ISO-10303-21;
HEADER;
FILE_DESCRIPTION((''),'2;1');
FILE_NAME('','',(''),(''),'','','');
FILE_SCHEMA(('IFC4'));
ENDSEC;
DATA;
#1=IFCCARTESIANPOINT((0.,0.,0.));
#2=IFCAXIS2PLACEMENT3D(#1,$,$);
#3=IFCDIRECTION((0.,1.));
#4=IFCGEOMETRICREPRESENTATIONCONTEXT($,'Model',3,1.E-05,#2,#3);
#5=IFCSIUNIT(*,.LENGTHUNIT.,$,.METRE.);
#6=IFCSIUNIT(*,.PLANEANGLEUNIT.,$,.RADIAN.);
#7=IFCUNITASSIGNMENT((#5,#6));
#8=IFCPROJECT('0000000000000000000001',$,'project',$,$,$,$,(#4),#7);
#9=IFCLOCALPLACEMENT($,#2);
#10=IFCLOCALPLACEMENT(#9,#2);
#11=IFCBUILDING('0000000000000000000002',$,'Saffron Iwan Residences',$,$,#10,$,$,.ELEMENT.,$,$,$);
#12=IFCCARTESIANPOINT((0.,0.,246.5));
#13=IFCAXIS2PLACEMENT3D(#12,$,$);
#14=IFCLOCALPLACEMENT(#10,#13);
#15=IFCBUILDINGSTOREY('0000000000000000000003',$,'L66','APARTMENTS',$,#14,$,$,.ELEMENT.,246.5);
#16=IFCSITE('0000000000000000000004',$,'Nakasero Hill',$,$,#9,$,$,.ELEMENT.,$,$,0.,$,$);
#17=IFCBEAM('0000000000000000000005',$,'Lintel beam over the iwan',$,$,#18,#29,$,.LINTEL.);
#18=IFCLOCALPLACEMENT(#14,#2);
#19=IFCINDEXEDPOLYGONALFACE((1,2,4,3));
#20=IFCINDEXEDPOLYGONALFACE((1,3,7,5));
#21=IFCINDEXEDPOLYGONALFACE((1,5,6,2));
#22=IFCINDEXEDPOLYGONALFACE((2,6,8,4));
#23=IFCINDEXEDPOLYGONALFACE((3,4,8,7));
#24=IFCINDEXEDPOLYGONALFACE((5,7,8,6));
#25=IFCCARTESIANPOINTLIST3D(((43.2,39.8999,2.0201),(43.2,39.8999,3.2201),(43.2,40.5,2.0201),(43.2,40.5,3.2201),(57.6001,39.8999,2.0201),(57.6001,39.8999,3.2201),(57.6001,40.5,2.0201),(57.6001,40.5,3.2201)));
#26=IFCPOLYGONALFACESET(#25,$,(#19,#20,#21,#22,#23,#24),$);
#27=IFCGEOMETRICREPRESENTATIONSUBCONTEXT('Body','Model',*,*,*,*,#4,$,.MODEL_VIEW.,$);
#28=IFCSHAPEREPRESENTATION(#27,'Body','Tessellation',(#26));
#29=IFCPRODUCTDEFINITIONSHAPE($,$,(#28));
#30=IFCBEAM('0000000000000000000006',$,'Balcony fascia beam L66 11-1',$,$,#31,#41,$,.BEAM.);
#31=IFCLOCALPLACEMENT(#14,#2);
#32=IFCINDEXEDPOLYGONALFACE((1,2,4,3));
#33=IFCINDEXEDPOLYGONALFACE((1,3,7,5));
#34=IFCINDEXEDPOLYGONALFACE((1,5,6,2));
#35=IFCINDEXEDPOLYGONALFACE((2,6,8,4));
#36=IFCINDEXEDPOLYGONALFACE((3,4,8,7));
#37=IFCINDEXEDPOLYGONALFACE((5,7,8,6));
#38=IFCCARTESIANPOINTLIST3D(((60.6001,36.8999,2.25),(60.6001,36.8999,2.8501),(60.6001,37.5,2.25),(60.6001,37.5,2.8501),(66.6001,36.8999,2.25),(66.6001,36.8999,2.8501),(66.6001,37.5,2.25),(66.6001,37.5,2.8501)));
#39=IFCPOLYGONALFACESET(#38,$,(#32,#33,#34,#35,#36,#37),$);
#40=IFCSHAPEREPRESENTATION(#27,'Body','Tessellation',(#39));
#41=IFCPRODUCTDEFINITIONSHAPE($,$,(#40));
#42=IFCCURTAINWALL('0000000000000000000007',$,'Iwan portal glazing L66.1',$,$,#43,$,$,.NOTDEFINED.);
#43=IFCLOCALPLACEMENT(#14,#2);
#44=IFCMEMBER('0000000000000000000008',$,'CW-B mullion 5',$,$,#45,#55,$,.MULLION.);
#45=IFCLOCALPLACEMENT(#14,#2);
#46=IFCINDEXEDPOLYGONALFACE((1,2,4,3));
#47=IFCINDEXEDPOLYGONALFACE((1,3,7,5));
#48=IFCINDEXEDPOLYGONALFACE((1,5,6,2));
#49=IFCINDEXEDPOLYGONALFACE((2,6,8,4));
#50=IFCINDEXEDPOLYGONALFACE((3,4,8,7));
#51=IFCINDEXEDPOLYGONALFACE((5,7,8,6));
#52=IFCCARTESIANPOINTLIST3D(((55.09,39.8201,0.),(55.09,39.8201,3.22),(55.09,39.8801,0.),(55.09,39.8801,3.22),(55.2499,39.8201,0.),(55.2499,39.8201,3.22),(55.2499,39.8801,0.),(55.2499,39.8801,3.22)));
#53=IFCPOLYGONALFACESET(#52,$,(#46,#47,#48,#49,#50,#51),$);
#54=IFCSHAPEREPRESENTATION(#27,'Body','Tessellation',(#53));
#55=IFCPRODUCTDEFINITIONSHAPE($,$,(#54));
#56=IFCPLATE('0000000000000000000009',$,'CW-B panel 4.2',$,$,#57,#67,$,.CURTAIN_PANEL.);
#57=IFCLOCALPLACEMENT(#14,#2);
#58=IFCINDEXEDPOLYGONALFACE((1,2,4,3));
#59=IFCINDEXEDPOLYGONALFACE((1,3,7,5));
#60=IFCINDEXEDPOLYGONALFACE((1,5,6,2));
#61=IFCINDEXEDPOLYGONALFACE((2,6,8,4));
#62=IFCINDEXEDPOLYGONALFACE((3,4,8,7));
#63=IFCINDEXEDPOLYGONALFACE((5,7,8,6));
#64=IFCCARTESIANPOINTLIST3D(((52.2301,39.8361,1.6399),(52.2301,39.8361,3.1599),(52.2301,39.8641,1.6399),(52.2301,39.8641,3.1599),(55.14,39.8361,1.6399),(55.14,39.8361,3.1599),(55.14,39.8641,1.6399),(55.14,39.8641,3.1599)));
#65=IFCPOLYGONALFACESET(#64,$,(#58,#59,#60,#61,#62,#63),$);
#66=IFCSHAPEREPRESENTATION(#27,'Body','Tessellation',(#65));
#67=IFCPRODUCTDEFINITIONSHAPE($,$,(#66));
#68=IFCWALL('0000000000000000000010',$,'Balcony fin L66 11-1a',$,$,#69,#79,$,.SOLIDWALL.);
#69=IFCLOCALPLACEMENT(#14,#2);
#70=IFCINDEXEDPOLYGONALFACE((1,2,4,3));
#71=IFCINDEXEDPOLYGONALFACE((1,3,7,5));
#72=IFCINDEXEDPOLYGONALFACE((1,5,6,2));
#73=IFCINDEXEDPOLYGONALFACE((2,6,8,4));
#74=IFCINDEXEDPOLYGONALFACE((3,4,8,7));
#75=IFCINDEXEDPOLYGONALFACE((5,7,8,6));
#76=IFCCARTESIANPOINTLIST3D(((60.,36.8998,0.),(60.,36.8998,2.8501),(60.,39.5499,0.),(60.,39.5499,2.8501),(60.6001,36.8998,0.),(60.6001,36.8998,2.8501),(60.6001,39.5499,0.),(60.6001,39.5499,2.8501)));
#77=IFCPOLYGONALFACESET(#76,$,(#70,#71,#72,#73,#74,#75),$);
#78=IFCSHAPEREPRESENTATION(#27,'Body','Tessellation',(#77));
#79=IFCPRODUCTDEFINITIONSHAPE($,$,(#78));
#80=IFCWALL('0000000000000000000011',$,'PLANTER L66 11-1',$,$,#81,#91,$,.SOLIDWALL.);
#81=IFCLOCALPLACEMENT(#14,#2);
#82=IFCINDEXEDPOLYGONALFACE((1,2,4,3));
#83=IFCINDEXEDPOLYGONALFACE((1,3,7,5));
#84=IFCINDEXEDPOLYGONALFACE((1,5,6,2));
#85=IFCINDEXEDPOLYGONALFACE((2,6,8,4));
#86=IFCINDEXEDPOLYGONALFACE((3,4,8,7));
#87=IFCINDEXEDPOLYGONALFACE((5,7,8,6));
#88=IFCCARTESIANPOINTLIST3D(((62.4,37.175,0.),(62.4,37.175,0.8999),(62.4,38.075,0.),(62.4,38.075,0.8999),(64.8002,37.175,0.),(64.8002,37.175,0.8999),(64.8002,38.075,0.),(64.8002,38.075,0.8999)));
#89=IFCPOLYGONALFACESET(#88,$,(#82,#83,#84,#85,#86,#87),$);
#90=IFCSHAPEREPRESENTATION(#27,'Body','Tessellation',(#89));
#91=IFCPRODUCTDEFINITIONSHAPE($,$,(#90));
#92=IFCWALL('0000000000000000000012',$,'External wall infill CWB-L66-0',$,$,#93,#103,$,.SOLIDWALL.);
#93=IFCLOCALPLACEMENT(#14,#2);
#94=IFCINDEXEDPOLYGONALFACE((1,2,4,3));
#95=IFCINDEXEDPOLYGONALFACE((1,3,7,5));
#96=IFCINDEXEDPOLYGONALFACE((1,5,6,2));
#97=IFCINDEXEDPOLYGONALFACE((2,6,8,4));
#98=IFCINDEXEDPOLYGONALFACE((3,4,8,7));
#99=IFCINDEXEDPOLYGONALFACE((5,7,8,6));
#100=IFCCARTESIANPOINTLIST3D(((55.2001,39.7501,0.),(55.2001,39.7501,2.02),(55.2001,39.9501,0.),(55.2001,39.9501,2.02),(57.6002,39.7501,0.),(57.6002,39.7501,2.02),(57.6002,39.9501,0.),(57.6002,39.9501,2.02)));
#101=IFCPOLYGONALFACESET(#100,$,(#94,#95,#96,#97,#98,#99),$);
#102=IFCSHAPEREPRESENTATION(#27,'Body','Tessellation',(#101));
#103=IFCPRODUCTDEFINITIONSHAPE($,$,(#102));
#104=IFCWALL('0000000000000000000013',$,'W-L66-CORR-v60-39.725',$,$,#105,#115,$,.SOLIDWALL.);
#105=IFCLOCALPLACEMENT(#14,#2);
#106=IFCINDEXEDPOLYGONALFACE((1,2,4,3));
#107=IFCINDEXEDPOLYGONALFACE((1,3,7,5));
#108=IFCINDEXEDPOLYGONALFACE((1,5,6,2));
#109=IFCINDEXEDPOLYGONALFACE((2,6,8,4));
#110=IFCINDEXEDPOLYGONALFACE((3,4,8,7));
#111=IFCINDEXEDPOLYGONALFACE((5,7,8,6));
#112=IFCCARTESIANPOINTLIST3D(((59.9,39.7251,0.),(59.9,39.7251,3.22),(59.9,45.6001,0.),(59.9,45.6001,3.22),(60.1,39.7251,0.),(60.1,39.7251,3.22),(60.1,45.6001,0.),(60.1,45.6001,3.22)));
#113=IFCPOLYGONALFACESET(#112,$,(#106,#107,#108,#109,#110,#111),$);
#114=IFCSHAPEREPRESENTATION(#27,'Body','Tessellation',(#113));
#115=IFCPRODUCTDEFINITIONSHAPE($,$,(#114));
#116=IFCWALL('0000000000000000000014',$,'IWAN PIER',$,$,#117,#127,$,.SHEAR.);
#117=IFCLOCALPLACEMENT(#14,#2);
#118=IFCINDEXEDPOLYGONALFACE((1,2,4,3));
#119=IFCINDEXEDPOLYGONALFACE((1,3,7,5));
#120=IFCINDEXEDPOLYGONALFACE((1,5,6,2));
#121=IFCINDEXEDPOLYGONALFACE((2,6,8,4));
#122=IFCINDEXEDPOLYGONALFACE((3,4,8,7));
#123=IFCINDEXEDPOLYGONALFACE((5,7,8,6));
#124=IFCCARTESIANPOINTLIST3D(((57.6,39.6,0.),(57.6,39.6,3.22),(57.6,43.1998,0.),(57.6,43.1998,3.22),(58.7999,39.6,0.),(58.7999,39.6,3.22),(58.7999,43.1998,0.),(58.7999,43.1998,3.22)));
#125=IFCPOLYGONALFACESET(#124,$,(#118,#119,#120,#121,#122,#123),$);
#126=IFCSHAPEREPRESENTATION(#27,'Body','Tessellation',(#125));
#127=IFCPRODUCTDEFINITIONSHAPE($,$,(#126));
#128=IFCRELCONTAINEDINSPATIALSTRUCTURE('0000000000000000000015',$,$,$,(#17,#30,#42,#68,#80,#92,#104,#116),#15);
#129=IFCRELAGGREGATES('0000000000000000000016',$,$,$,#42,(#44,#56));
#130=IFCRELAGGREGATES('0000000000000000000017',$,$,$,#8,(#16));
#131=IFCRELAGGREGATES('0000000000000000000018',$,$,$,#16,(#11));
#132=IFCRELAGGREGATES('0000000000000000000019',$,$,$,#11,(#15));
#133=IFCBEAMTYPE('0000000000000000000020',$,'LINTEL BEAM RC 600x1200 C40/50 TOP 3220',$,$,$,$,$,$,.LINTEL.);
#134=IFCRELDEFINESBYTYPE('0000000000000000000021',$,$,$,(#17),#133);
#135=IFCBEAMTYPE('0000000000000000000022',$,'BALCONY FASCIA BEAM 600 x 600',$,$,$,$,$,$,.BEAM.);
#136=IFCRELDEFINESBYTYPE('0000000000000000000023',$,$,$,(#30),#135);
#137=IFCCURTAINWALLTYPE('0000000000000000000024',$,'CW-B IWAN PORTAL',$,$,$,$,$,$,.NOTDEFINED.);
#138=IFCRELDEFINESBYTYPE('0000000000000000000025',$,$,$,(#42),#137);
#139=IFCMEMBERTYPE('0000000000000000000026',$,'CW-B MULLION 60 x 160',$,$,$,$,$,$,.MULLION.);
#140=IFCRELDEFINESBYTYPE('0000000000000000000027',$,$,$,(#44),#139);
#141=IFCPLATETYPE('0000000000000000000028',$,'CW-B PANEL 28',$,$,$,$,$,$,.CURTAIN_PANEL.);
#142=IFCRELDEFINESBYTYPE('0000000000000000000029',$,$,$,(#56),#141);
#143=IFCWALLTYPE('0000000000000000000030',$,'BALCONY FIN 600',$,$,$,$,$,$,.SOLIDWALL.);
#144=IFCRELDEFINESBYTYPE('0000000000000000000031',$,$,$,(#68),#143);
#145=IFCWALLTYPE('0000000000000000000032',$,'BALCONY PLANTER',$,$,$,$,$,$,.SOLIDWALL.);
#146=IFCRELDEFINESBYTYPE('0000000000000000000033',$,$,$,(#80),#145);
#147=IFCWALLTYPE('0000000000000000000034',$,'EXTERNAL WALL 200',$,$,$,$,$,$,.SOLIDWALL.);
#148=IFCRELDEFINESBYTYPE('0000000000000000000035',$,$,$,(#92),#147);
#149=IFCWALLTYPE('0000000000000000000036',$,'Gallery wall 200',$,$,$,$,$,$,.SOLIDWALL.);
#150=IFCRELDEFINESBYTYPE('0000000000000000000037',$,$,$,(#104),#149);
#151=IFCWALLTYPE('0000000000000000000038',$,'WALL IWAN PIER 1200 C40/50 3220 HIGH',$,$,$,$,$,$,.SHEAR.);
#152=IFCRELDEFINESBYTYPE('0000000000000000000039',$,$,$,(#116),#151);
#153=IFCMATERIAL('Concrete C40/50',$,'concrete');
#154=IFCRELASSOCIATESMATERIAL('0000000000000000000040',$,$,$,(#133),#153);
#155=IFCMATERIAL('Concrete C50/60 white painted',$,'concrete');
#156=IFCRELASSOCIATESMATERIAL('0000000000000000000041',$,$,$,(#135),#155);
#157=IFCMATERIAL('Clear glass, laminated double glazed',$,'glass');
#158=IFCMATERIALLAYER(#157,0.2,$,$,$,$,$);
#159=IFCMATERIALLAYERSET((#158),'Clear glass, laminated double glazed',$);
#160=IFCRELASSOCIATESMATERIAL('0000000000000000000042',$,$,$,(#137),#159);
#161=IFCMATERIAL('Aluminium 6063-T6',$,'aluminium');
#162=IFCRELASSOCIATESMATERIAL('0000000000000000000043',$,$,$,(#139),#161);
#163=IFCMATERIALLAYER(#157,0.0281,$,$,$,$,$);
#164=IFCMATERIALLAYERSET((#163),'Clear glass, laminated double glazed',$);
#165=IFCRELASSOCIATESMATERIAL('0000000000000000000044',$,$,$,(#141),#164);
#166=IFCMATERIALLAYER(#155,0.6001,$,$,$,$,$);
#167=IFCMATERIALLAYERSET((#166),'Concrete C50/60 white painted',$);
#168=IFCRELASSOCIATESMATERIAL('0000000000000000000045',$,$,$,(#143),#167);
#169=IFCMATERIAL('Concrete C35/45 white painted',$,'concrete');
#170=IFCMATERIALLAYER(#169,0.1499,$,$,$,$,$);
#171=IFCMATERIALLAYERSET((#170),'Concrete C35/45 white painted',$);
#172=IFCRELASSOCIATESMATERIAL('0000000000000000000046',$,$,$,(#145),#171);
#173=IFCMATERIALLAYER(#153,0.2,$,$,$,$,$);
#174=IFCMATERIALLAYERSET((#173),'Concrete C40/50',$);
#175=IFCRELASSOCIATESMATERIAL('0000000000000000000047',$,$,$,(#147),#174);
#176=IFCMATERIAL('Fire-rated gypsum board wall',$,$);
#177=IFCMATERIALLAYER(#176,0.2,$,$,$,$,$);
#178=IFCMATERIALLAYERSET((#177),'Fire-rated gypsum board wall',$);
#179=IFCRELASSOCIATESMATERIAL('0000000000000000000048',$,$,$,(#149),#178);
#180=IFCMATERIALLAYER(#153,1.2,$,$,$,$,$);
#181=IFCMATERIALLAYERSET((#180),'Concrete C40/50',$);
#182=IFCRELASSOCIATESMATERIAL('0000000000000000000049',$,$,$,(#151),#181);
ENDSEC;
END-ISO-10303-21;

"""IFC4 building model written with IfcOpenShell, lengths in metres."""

from ifc_helpers import new_model, si_unit, direction, frame, frame_2d, origin, origin_2d, place, context, subcontext, project, spatial, rectangle, extrude, source, transform, mapped, material, layer, layer_set, material_profile, profile_set, type_object, element, aggregate, save


model = new_model("IFC4")

# Units and contexts
model_context = context("Model", 3, precision=1e-05, world=origin(), true_north=direction((0.0, 1.0)))
body_context = subcontext(model_context, "Body", "Model", "MODEL_VIEW")
ifc_project = project(units=[si_unit("LENGTHUNIT", "METRE"), si_unit("PLANEANGLEUNIT", "RADIAN")], contexts=[model_context])

# Site, building, storey
site_placement = place(None, origin())
site = spatial("IfcSite", under=ifc_project, at=site_placement, Name="Nakasero Hill", CompositionType="ELEMENT", RefElevation=0.0)
building_placement = place(site_placement, origin())
building = spatial("IfcBuilding", under=site, at=building_placement, Name="Saffron Iwan Residences", CompositionType="ELEMENT")
storey_placement = place(building_placement, frame((0.0, 0.0, 246.5)))
storey = spatial("IfcBuildingStorey", under=building, at=storey_placement, Name="L66", Description="APARTMENTS", CompositionType="ELEMENT", Elevation=246.5)

# Beams
ifc_material_1 = material(Name="Concrete C40/50", Category="concrete")
ifc_material_profile_1 = material_profile(ifc_material_1, rectangle(XDim=0.6001, YDim=1.2, at=origin_2d()), Name="RC 600x1200")
ifc_profile_set_1 = profile_set([ifc_material_profile_1], Name="Concrete C40/50")
beam_type_1 = type_object("IfcBeamType", Name="LINTEL BEAM RC 600x1200 C40/50 TOP 3220", PredefinedType="LINTEL", material=ifc_profile_set_1)
shared_shape_1 = source(origin(), body_context, "Body", "SweptSolid", [
    extrude(rectangle(XDim=0.6001, YDim=1.2, at=origin_2d()), origin(), (0.0, 0.0, 1.0), 14.4001),
])
beam_1_placement = place(storey_placement, frame((57.6001, 40.2, 2.6201), z_axis=(-1.0, 0.0, 0.0), x_axis=(0.0, -1.0, 0.0)))
element("IfcBeam", 1, at=beam_1_placement, inside=storey, type_object=beam_type_1, Name="Lintel beam over the iwan", PredefinedType="LINTEL", context=body_context, shape_type="MappedRepresentation", body=[
    mapped(shared_shape_1, transform((0.0, 0.0, 0.0))),
])
ifc_material_2 = material(Name="Concrete C50/60 white painted", Category="concrete")
ifc_material_profile_2 = material_profile(ifc_material_2, rectangle(XDim=0.6001, YDim=0.6001, at=origin_2d()), Name="BALCONY FASCIA BEAM 600 x 600")
ifc_profile_set_2 = profile_set([ifc_material_profile_2], Name="Concrete C50/60 white painted")
beam_type_2 = type_object("IfcBeamType", Name="BALCONY FASCIA BEAM 600 x 600", PredefinedType="BEAM", material=ifc_profile_set_2)
shared_shape_2 = source(origin(), body_context, "Body", "SweptSolid", [
    extrude(rectangle(XDim=0.6001, YDim=0.6001, at=origin_2d()), origin(), (0.0, 0.0, 1.0), 6.0),
])
beam_2_placement = place(storey_placement, frame((60.6001, 37.2, 2.55), z_axis=(1.0, 0.0, 0.0), x_axis=(0.0, 1.0, 0.0)))
element("IfcBeam", 2, at=beam_2_placement, inside=storey, type_object=beam_type_2, Name="Balcony fascia beam L66 11-1", PredefinedType="BEAM", context=body_context, shape_type="MappedRepresentation", body=[
    mapped(shared_shape_2, transform((0.0, 0.0, 0.0))),
])

# Curtain wall, member, plate
ifc_material_3 = material(Name="Clear glass, laminated double glazed", Category="glass")
ifc_layer_1 = layer(ifc_material_3, 0.2)
ifc_layer_set_1 = layer_set([ifc_layer_1], Name="Clear glass, laminated double glazed")
curtain_wall_type = type_object("IfcCurtainWallType", Name="CW-B IWAN PORTAL", PredefinedType="NOTDEFINED", material=ifc_layer_set_1)
curtain_wall_placement = place(storey_placement, origin())
curtain_wall = element("IfcCurtainWall", 3, at=curtain_wall_placement, inside=storey, type_object=curtain_wall_type, Name="Iwan portal glazing L66.1", PredefinedType="NOTDEFINED")
ifc_material_4 = material(Name="Aluminium 6063-T6", Category="aluminium")
ifc_material_profile_3 = material_profile(ifc_material_4, rectangle(XDim=0.0601, YDim=0.1599, at=origin_2d()), Name="CW-B MULLION 60 x 160")
ifc_profile_set_3 = profile_set([ifc_material_profile_3], Name="Aluminium 6063-T6")
member_type = type_object("IfcMemberType", Name="CW-B MULLION 60 x 160", PredefinedType="MULLION", material=ifc_profile_set_3)
shared_shape_3 = source(origin(), body_context, "Body", "SweptSolid", [
    extrude(rectangle(XDim=0.0601, YDim=0.1599, at=origin_2d()), origin(), (0.0, 0.0, 1.0), 3.22),
])
member_placement = place(storey_placement, frame((55.1699, 39.8501, 0.0), z_axis=(0.0, 0.0, 1.0), x_axis=(0.0, 1.0, 0.0)))
member = element("IfcMember", 4, at=member_placement, type_object=member_type, Name="CW-B mullion 5", PredefinedType="MULLION", context=body_context, shape_type="MappedRepresentation", body=[
    mapped(shared_shape_3, transform((0.0, 0.0, 0.0))),
])
ifc_layer_2 = layer(ifc_material_3, 0.0281)
ifc_layer_set_2 = layer_set([ifc_layer_2], Name="Clear glass, laminated double glazed")
plate_type = type_object("IfcPlateType", Name="CW-B PANEL 28", PredefinedType="CURTAIN_PANEL", material=ifc_layer_set_2)
shared_shape_4 = source(origin(), body_context, "Body", "SweptSolid", [
    extrude(rectangle(XDim=2.9099, YDim=0.0281, at=origin_2d()), origin(), (0.0, 0.0, 1.0), 1.52),
])
plate_placement = place(storey_placement, frame((53.6851, 39.8501, 1.6399), z_axis=(0.0, 0.0, 1.0), x_axis=(1.0, 0.0, 0.0)))
plate = element("IfcPlate", 5, at=plate_placement, type_object=plate_type, Name="CW-B panel 4.2", PredefinedType="CURTAIN_PANEL", context=body_context, shape_type="MappedRepresentation", body=[
    mapped(shared_shape_4, transform((0.0, 0.0, 0.0))),
])
aggregate(curtain_wall, [member, plate])

# Walls
ifc_layer_3 = layer(ifc_material_2, 0.6001)
ifc_layer_set_3 = layer_set([ifc_layer_3], Name="Concrete C50/60 white painted")
wall_type_1 = type_object("IfcWallType", Name="BALCONY FIN 600", PredefinedType="SOLIDWALL", material=ifc_layer_set_3)
wall_1_placement = place(storey_placement, frame((60.3, 39.55, 0.0), z_axis=(0.0, 0.0, 1.0), x_axis=(0.0, -1.0, 0.0)))
element("IfcWall", 6, at=wall_1_placement, inside=storey, type_object=wall_type_1, Name="Balcony fin L66 11-1a", PredefinedType="SOLIDWALL", context=body_context, shape_type="SweptSolid", body=[
    extrude(rectangle(XDim=2.6501, YDim=0.6001, at=frame_2d((1.3252, 0.0))), origin(), (0.0, 0.0, 1.0), 2.8501),
])
ifc_material_5 = material(Name="Concrete C35/45 white painted", Category="concrete")
ifc_layer_4 = layer(ifc_material_5, 0.1499)
ifc_layer_set_4 = layer_set([ifc_layer_4], Name="Concrete C35/45 white painted")
wall_type_2 = type_object("IfcWallType", Name="BALCONY PLANTER", PredefinedType="SOLIDWALL", material=ifc_layer_set_4)
wall_2_placement = place(storey_placement, frame((62.3999, 37.625, 0.0), z_axis=(0.0, 0.0, 1.0), x_axis=(1.0, 0.0, 0.0)))
element("IfcWall", 7, at=wall_2_placement, inside=storey, type_object=wall_type_2, Name="PLANTER L66 11-1", PredefinedType="SOLIDWALL", context=body_context, shape_type="SweptSolid", body=[
    extrude(rectangle(XDim=2.4001, YDim=0.8999, at=frame_2d((1.2002, 0.0))), origin(), (0.0, 0.0, 1.0), 0.8999),
])

# Shared definitions
ifc_layer_5 = layer(ifc_material_1, 0.2)
ifc_layer_set_5 = layer_set([ifc_layer_5], Name="Concrete C40/50")
wall_type_3 = type_object("IfcWallType", Name="EXTERNAL WALL 200", PredefinedType="SOLIDWALL", material=ifc_layer_set_5)

# Walls
wall_3_placement = place(storey_placement, frame((55.2, 39.8501, 0.0), z_axis=(0.0, 0.0, 1.0), x_axis=(1.0, 0.0, 0.0)))
element("IfcWall", 8, at=wall_3_placement, inside=storey, type_object=wall_type_3, Name="External wall infill CWB-L66-0", PredefinedType="SOLIDWALL", context=body_context, shape_type="SweptSolid", body=[
    extrude(rectangle(XDim=2.4001, YDim=0.2, at=frame_2d((1.2002, 0.0))), origin(), (0.0, 0.0, 1.0), 2.02),
])
ifc_material_6 = material(Name="Fire-rated gypsum board wall")
ifc_layer_6 = layer(ifc_material_6, 0.2)
ifc_layer_set_6 = layer_set([ifc_layer_6], Name="Fire-rated gypsum board wall")
wall_type_4 = type_object("IfcWallType", Name="Gallery wall 200", PredefinedType="SOLIDWALL", material=ifc_layer_set_6)
wall_4_placement = place(storey_placement, frame((60.0, 39.7251, 0.0), z_axis=(0.0, 0.0, 1.0), x_axis=(0.0, 1.0, 0.0)))
element("IfcWall", 9, at=wall_4_placement, inside=storey, type_object=wall_type_4, Name="W-L66-CORR-v60-39.725", PredefinedType="SOLIDWALL", context=body_context, shape_type="SweptSolid", body=[
    extrude(rectangle(XDim=5.875, YDim=0.2, at=frame_2d((2.9375, 0.0))), origin(), (0.0, 0.0, 1.0), 3.22),
])
ifc_layer_7 = layer(ifc_material_1, 1.2)
ifc_layer_set_7 = layer_set([ifc_layer_7], Name="Concrete C40/50")
wall_type_5 = type_object("IfcWallType", Name="WALL IWAN PIER 1200 C40/50 3220 HIGH", PredefinedType="SHEAR", material=ifc_layer_set_7)
wall_5_placement = place(storey_placement, frame((58.2, 39.6001, 0.0), z_axis=(0.0, 0.0, 1.0), x_axis=(0.0, 1.0, 0.0)))
element("IfcWall", 10, at=wall_5_placement, inside=storey, type_object=wall_type_5, Name="IWAN PIER", PredefinedType="SHEAR", context=body_context, shape_type="SweptSolid", body=[
    extrude(rectangle(XDim=3.5999, YDim=1.2, at=frame_2d((1.7998, 0.0))), origin(), (0.0, 0.0, 1.0), 3.22),
])

save(model, "model.ifc")
